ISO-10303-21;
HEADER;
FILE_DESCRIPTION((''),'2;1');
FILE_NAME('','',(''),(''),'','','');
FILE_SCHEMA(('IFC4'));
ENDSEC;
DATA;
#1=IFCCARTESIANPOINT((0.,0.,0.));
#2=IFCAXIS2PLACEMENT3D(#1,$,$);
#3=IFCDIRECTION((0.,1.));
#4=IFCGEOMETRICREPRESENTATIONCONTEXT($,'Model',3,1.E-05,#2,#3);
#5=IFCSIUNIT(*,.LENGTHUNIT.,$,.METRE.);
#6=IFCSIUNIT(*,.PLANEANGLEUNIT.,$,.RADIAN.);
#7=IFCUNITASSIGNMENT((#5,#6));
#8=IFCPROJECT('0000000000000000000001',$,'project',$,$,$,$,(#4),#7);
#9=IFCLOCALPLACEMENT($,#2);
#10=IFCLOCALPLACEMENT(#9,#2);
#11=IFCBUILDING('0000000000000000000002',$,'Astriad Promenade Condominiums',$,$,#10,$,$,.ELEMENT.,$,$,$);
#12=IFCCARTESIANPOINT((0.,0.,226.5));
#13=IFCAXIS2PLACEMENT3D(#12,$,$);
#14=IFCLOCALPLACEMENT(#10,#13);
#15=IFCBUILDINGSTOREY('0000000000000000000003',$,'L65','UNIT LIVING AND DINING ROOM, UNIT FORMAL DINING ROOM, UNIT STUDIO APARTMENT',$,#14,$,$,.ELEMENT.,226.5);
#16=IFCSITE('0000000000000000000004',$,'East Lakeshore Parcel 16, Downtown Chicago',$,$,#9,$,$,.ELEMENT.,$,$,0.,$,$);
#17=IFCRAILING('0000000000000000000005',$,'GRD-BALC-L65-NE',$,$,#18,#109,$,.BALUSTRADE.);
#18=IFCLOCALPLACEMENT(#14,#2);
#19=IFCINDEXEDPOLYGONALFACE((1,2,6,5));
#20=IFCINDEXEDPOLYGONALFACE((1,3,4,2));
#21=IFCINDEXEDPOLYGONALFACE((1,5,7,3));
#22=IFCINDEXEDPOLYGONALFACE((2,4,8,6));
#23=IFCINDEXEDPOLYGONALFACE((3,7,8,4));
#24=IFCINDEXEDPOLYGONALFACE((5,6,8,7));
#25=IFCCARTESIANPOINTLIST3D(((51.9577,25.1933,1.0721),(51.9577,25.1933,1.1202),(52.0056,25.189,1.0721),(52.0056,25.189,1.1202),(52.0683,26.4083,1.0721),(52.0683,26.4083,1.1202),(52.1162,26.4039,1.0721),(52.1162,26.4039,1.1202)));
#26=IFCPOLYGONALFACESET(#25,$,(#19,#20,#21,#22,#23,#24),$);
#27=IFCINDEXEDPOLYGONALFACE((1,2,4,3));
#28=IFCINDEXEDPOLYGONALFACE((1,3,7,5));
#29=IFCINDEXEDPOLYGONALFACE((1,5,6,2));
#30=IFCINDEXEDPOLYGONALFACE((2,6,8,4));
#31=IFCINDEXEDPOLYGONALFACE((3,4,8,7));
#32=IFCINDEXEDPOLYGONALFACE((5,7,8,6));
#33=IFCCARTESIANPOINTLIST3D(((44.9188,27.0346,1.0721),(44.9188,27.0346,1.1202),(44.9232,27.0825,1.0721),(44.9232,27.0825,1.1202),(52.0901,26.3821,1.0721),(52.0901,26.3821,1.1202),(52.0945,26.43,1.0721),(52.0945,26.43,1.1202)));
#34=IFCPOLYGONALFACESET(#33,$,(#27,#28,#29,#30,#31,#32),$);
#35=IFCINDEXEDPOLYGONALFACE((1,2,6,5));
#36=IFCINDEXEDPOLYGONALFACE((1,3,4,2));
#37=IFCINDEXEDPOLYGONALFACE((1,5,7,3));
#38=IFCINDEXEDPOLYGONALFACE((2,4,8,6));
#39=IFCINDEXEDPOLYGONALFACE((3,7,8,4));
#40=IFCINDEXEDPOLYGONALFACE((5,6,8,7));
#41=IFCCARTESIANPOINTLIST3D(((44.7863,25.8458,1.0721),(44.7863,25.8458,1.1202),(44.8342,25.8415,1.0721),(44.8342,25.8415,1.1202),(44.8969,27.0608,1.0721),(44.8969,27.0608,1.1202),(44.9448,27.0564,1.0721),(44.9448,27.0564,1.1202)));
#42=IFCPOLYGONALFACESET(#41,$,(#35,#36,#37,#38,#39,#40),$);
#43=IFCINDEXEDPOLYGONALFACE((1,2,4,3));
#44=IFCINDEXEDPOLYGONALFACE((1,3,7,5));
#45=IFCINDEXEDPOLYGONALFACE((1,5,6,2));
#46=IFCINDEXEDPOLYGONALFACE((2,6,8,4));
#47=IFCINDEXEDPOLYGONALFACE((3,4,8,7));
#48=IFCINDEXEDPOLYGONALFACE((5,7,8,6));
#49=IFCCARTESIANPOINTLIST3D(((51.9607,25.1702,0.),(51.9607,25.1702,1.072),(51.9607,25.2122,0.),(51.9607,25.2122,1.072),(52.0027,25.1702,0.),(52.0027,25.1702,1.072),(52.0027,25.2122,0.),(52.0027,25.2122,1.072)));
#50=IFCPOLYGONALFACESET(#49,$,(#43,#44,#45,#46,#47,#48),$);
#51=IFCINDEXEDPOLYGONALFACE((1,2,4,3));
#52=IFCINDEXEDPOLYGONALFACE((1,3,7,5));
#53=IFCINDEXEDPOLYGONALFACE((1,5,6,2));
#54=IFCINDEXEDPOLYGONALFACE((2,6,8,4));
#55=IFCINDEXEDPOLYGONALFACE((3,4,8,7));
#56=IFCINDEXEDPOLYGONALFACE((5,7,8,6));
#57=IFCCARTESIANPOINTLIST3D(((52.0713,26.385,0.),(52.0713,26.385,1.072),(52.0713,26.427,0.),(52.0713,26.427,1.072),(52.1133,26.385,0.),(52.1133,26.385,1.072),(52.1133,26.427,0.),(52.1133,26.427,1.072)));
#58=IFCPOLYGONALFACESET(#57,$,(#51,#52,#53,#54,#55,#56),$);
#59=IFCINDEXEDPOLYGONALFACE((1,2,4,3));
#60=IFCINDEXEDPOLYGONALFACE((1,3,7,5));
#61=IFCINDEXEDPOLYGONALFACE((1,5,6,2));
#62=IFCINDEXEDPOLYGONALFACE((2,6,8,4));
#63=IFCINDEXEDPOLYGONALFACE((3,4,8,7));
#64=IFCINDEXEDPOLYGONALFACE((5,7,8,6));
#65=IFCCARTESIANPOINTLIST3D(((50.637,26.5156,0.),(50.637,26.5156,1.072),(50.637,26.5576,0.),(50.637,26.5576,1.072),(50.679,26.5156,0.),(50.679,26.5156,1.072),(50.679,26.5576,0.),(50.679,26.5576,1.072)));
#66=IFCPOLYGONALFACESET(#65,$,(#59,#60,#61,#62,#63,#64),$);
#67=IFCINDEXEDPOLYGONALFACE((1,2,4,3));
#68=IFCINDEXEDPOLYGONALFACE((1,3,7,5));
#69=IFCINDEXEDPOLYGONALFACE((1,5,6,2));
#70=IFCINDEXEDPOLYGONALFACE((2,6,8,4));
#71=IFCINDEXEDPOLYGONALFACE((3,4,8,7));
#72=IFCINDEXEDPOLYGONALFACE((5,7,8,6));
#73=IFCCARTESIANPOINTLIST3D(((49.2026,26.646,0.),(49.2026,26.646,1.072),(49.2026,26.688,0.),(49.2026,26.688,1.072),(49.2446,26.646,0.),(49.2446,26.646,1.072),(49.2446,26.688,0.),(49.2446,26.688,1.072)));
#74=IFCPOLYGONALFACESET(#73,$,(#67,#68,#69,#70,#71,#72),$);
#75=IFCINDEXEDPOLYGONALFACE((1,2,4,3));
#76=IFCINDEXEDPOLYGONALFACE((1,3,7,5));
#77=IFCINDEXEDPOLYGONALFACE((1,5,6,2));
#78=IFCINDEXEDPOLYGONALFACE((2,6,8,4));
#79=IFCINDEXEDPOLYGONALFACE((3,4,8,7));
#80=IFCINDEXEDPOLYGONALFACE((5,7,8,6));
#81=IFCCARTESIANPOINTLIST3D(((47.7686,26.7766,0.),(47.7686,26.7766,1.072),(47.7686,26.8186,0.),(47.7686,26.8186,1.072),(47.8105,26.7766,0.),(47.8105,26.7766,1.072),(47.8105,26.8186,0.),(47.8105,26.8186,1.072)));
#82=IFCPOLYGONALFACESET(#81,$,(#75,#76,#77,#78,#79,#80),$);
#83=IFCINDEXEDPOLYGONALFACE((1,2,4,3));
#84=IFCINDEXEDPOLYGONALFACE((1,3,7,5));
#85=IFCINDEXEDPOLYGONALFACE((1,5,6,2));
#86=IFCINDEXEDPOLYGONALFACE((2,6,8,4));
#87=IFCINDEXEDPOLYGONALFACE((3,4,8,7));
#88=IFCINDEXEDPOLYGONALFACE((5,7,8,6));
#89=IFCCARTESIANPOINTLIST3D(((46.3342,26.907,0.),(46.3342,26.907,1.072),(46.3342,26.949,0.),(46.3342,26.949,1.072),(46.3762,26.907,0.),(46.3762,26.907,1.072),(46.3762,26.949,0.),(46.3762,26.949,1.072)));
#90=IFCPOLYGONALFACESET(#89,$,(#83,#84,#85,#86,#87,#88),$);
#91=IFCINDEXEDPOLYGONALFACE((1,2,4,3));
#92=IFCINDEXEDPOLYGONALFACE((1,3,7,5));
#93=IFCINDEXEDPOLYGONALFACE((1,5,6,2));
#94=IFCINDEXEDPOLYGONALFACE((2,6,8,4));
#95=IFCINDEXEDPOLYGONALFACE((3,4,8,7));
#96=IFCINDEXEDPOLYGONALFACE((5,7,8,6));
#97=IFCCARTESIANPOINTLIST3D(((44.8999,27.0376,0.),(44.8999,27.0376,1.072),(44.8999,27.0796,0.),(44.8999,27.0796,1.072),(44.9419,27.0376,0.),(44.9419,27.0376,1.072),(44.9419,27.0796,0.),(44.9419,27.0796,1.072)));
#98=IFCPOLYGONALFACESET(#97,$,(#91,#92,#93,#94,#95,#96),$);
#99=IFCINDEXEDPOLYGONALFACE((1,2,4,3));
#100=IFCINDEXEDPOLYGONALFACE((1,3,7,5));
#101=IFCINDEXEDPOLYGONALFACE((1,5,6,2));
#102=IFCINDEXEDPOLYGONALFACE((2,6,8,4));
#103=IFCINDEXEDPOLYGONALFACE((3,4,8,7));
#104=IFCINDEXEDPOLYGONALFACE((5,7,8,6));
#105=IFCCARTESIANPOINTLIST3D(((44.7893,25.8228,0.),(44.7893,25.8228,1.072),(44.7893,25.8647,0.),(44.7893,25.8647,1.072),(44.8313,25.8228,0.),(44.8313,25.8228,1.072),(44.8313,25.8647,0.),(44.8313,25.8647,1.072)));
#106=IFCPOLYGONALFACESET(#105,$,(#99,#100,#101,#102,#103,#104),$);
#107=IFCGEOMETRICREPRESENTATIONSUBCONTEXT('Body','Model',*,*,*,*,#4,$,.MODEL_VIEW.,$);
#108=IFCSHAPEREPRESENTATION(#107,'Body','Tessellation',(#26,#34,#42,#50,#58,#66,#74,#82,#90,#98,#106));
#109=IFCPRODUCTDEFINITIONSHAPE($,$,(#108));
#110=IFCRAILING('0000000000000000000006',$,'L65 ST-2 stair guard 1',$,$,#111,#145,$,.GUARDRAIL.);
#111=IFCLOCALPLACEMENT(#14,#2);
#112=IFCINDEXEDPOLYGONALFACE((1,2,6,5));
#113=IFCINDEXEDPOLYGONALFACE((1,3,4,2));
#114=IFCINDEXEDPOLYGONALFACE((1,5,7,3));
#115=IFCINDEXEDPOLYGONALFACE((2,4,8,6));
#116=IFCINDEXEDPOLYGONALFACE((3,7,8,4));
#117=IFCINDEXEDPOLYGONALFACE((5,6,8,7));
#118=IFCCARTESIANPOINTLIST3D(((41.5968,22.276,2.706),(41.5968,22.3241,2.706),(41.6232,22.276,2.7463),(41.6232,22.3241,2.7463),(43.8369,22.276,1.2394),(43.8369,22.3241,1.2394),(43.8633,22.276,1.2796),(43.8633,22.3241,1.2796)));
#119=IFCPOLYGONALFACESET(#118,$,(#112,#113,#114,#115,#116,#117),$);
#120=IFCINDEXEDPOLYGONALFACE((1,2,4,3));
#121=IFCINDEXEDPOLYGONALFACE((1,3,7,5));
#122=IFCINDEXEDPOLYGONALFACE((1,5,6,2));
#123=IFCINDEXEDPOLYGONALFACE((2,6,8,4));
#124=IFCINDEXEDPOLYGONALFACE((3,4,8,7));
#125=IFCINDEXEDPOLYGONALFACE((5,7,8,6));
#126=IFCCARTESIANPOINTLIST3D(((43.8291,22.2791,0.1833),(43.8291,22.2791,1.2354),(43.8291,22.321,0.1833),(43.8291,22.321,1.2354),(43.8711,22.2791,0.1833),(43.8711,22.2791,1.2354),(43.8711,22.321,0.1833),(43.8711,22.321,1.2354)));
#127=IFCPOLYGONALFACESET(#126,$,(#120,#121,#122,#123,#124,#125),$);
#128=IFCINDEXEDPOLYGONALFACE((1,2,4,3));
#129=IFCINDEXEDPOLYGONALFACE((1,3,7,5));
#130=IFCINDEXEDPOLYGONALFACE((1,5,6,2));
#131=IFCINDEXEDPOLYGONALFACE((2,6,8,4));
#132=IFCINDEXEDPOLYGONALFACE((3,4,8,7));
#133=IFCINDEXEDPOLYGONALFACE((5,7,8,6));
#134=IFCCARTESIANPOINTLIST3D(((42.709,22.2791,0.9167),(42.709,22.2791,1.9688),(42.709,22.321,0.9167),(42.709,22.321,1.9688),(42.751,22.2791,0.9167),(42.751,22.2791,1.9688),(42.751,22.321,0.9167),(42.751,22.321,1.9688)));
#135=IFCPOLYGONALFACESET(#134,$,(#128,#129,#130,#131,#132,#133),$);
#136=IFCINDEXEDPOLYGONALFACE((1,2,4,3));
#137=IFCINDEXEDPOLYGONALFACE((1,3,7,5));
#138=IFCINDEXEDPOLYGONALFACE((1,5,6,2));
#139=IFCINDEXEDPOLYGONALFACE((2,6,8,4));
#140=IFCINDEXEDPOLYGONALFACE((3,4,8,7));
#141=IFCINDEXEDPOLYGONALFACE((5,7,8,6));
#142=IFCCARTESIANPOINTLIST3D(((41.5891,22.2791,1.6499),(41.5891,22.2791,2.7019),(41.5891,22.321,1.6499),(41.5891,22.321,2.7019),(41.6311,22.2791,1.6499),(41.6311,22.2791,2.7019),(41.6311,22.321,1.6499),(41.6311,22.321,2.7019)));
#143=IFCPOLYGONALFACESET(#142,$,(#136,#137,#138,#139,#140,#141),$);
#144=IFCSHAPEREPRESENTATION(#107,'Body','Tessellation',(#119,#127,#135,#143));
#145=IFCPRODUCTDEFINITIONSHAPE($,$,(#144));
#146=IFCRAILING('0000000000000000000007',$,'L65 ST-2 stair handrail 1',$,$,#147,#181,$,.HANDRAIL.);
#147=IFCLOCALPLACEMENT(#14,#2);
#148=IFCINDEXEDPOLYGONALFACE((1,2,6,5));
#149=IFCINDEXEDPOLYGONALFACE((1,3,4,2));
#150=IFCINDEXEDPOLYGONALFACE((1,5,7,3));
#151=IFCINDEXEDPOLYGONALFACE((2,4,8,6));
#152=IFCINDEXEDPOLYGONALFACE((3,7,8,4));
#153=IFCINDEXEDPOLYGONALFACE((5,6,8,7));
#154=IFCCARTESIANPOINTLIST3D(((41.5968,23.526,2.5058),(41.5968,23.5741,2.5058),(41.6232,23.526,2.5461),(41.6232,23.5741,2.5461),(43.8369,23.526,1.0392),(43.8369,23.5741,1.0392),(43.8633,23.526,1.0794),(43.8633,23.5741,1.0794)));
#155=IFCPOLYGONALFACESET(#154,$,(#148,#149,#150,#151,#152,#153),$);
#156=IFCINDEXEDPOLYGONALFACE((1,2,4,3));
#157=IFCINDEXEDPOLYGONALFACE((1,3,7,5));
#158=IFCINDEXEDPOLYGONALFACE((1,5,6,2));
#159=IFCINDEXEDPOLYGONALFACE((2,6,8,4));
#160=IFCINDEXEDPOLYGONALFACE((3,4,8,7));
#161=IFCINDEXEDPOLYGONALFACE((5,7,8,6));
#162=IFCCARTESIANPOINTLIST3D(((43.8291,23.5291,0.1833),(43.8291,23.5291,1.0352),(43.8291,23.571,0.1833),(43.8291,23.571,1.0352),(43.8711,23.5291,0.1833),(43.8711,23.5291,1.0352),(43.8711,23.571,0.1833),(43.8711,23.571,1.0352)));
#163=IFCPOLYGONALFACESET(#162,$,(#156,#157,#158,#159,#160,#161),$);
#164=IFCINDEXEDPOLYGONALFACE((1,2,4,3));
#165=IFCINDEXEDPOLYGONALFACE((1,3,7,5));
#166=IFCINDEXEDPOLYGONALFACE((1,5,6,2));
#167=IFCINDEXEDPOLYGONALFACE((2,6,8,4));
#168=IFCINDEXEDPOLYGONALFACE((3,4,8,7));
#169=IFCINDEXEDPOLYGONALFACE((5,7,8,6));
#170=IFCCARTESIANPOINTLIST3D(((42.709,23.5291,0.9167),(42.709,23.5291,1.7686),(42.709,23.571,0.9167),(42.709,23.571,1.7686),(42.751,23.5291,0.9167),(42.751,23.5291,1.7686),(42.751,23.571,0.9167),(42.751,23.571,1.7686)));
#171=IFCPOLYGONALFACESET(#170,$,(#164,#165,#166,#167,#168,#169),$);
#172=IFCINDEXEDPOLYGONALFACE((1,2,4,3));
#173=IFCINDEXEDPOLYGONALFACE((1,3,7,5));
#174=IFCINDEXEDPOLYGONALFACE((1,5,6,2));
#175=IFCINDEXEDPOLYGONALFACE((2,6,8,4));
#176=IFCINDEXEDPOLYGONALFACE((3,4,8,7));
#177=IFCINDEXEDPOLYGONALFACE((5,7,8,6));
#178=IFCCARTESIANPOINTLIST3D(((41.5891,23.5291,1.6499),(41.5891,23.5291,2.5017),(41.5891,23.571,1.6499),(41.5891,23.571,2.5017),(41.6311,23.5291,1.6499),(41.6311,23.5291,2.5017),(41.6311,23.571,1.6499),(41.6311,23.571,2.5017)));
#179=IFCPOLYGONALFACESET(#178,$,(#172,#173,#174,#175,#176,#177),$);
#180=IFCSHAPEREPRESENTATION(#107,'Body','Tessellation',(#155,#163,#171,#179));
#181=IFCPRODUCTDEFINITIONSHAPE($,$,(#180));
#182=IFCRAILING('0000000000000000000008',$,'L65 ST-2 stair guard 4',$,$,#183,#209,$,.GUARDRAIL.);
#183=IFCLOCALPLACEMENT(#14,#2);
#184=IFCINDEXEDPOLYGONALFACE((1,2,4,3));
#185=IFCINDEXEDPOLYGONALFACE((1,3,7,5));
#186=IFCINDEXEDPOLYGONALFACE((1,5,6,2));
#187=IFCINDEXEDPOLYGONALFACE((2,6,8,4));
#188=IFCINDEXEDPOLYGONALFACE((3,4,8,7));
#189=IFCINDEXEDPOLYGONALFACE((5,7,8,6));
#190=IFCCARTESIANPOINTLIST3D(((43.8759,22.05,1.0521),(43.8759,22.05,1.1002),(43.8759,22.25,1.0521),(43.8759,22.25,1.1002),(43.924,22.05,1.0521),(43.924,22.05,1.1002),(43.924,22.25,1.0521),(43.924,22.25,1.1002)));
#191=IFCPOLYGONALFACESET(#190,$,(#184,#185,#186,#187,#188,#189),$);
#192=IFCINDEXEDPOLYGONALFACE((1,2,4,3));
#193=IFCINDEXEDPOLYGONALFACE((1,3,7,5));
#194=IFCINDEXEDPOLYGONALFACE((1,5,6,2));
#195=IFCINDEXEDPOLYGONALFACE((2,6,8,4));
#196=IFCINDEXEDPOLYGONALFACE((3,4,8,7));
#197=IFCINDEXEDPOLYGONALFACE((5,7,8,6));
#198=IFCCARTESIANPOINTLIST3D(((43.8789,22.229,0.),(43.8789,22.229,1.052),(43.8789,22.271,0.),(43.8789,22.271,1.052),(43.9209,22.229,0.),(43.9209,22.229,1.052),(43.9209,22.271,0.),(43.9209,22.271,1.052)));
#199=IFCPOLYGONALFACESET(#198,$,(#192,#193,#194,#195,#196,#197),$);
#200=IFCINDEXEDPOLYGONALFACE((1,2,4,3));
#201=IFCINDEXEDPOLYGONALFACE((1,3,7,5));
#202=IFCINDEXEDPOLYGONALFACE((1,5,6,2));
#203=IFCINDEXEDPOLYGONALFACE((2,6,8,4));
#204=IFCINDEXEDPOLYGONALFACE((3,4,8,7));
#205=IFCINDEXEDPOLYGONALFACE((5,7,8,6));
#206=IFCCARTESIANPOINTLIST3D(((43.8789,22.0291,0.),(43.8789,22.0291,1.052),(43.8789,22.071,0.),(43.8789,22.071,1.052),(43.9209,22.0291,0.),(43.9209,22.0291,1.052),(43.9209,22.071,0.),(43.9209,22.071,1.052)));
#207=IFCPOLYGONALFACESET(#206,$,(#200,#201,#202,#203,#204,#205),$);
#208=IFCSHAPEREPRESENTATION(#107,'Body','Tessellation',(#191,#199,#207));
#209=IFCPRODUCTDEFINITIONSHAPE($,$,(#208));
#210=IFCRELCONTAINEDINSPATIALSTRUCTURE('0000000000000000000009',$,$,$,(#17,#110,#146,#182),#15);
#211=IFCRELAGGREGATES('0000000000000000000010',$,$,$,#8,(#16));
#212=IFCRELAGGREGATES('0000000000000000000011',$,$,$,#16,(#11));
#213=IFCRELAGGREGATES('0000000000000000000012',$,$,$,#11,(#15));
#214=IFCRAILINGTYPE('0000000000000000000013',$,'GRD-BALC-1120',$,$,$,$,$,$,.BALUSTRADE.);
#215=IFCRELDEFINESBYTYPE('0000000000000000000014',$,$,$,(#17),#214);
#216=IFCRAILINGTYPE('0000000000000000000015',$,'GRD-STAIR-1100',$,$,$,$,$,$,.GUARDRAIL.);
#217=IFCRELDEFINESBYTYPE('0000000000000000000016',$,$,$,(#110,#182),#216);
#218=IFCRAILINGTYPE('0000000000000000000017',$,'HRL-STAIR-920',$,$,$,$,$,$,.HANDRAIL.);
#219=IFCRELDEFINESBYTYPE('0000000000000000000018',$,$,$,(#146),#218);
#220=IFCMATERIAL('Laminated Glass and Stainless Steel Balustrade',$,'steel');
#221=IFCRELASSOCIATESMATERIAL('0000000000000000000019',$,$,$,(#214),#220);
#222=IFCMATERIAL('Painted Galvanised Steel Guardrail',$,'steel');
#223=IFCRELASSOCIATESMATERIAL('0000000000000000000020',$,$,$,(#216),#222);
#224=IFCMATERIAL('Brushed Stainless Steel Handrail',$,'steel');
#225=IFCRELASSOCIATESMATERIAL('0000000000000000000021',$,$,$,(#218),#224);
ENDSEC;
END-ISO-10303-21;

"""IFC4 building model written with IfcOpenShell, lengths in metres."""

from ifc_helpers import new_model, si_unit, direction, frame, origin, origin_2d, place, context, subcontext, project, spatial, rectangle, extrude, source, transform, mapped, material, type_object, type_shapes, element, save


model = new_model("IFC4")

# Units and contexts
model_context = context("Model", 3, precision=1e-05, world=origin(), true_north=direction((0.0, 1.0)))
body_context = subcontext(model_context, "Body", "Model", "MODEL_VIEW")
ifc_project = project(units=[si_unit("LENGTHUNIT", "METRE"), si_unit("PLANEANGLEUNIT", "RADIAN")], contexts=[model_context])

# Site, building, storey
site_placement = place(None, origin())
site = spatial("IfcSite", under=ifc_project, at=site_placement, Name="East Lakeshore Parcel 16, Downtown Chicago", CompositionType="ELEMENT", RefElevation=0.0)
building_placement = place(site_placement, origin())
building = spatial("IfcBuilding", under=site, at=building_placement, Name="Astriad Promenade Condominiums", CompositionType="ELEMENT")
storey_placement = place(building_placement, frame((0.0, 0.0, 226.5)))
storey = spatial("IfcBuildingStorey", under=building, at=storey_placement, Name="L65", Description="UNIT LIVING AND DINING ROOM, UNIT FORMAL DINING ROOM, UNIT STUDIO APARTMENT", CompositionType="ELEMENT", Elevation=226.5)

# Railings
ifc_material_1 = material(Name="Laminated Glass and Stainless Steel Balustrade", Category="steel")
railing_type_1 = type_object("IfcRailingType", Name="GRD-BALC-1120", PredefinedType="BALUSTRADE", material=ifc_material_1)
shared_shape_1 = source(origin(), body_context, "Body", "SweptSolid", [
    extrude(rectangle(XDim=0.0481, YDim=0.0481, at=origin_2d()), frame((0.0, 0.0, 1.0962), z_axis=(0.090662, 0.995882, 0.0), x_axis=(-0.995882, 0.090662, 0.0)), (0.0, 0.0, 1.0), 1.22),
    extrude(rectangle(XDim=0.0481, YDim=0.0481, at=origin_2d()), frame((0.1106, 1.2148, 1.0962), z_axis=(-0.995885, 0.090624, 0.0), x_axis=(-0.090624, -0.995885, 0.0)), (0.0, 0.0, 1.0), 7.2009),
    extrude(rectangle(XDim=0.0481, YDim=0.0481, at=origin_2d()), frame((-7.0608, 1.8674, 1.0962), z_axis=(-0.090662, -0.995882, 0.0), x_axis=(0.995882, -0.090662, 0.0)), (0.0, 0.0, 1.0), 1.22),
    extrude(rectangle(XDim=0.042, YDim=0.042, at=origin_2d()), origin(), (0.0, 0.0, 1.0), 1.072),
    extrude(rectangle(XDim=0.042, YDim=0.042, at=origin_2d()), frame((0.1106, 1.2148, 0.0)), (0.0, 0.0, 1.0), 1.072),
    extrude(rectangle(XDim=0.042, YDim=0.042, at=origin_2d()), frame((-1.3237, 1.3455, 0.0)), (0.0, 0.0, 1.0), 1.072),
    extrude(rectangle(XDim=0.042, YDim=0.042, at=origin_2d()), frame((-2.7581, 1.4758, 0.0)), (0.0, 0.0, 1.0), 1.072),
    extrude(rectangle(XDim=0.042, YDim=0.042, at=origin_2d()), frame((-4.1921, 1.6064, 0.0)), (0.0, 0.0, 1.0), 1.072),
    extrude(rectangle(XDim=0.042, YDim=0.042, at=origin_2d()), frame((-5.6265, 1.7368, 0.0)), (0.0, 0.0, 1.0), 1.072),
    extrude(rectangle(XDim=0.042, YDim=0.042, at=origin_2d()), frame((-7.0608, 1.8674, 0.0)), (0.0, 0.0, 1.0), 1.072),
    extrude(rectangle(XDim=0.042, YDim=0.042, at=origin_2d()), frame((-7.1714, 0.6526, 0.0)), (0.0, 0.0, 1.0), 1.072),
])
type_shapes(railing_type_1, [shared_shape_1])
railing_1_placement = place(storey_placement, frame((51.9817, 25.1912, 0.0)))
element("IfcRailing", 1, at=railing_1_placement, inside=storey, type_object=railing_type_1, Name="GRD-BALC-L65-NE", PredefinedType="BALUSTRADE", context=body_context, shape_type="MappedRepresentation", body=[
    mapped(shared_shape_1, transform((0.0, 0.0, 0.0), scale=1.0)),
])
ifc_material_2 = material(Name="Painted Galvanised Steel Guardrail", Category="steel")
railing_type_2 = type_object("IfcRailingType", Name="GRD-STAIR-1100", PredefinedType="GUARDRAIL", material=ifc_material_2)
shared_shape_2 = source(origin(), body_context, "Body", "SweptSolid", [
    extrude(rectangle(XDim=0.0481, YDim=0.0481, at=origin_2d()), frame((0.0, 0.0, 1.0762), z_axis=(-0.836637, 0.0, 0.547758), x_axis=(0.0, -1.0, 0.0)), (0.0, 0.0, 1.0), 2.6775),
    extrude(rectangle(XDim=0.042, YDim=0.042, at=origin_2d()), origin(), (0.0, 0.0, 1.0), 1.052),
    extrude(rectangle(XDim=0.042, YDim=0.042, at=origin_2d()), frame((-1.1201, 0.0, 0.7334)), (0.0, 0.0, 1.0), 1.052),
    extrude(rectangle(XDim=0.042, YDim=0.042, at=origin_2d()), frame((-2.24, 0.0, 1.4666)), (0.0, 0.0, 1.0), 1.052),
])
railing_2_placement = place(storey_placement, frame((43.8501, 22.3, 0.1833)))
element("IfcRailing", 2, at=railing_2_placement, inside=storey, type_object=railing_type_2, Name="L65 ST-2 stair guard 1", PredefinedType="GUARDRAIL", context=body_context, shape_type="MappedRepresentation", body=[
    mapped(shared_shape_2, transform((0.0, 0.0, 0.0), scale=1.0)),
])
ifc_material_3 = material(Name="Brushed Stainless Steel Handrail", Category="steel")
railing_type_3 = type_object("IfcRailingType", Name="HRL-STAIR-920", PredefinedType="HANDRAIL", material=ifc_material_3)
shared_shape_3 = source(origin(), body_context, "Body", "SweptSolid", [
    extrude(rectangle(XDim=0.0481, YDim=0.0481, at=origin_2d()), frame((0.0, 0.0, 0.876), z_axis=(-0.836637, 0.0, 0.547758), x_axis=(0.0, -1.0, 0.0)), (0.0, 0.0, 1.0), 2.6775),
    extrude(rectangle(XDim=0.042, YDim=0.042, at=origin_2d()), origin(), (0.0, 0.0, 1.0), 0.8518),
    extrude(rectangle(XDim=0.042, YDim=0.042, at=origin_2d()), frame((-1.1201, 0.0, 0.7334)), (0.0, 0.0, 1.0), 0.8518),
    extrude(rectangle(XDim=0.042, YDim=0.042, at=origin_2d()), frame((-2.24, 0.0, 1.4666)), (0.0, 0.0, 1.0), 0.8518),
])
type_shapes(railing_type_3, [shared_shape_3])
railing_3_placement = place(storey_placement, frame((43.8501, 23.55, 0.1833)))
element("IfcRailing", 3, at=railing_3_placement, inside=storey, type_object=railing_type_3, Name="L65 ST-2 stair handrail 1", PredefinedType="HANDRAIL", context=body_context, shape_type="MappedRepresentation", body=[
    mapped(shared_shape_3, transform((0.0, 0.0, 0.0), scale=1.0)),
])
shared_shape_4 = source(origin(), body_context, "Body", "SweptSolid", [
    extrude(rectangle(XDim=0.0481, YDim=0.0481, at=origin_2d()), frame((0.0, 0.0, 1.0762), z_axis=(0.0, -1.0, 0.0), x_axis=(1.0, 0.0, 0.0)), (0.0, 0.0, 1.0), 0.2),
    extrude(rectangle(XDim=0.042, YDim=0.042, at=origin_2d()), origin(), (0.0, 0.0, 1.0), 1.052),
    extrude(rectangle(XDim=0.042, YDim=0.042, at=origin_2d()), frame((0.0, -0.2, 0.0)), (0.0, 0.0, 1.0), 1.052),
])
type_shapes(railing_type_2, [shared_shape_2, shared_shape_4])
railing_4_placement = place(storey_placement, frame((43.8999, 22.25, 0.0)))
element("IfcRailing", 4, at=railing_4_placement, inside=storey, type_object=railing_type_2, Name="L65 ST-2 stair guard 4", PredefinedType="GUARDRAIL", context=body_context, shape_type="MappedRepresentation", body=[
    mapped(shared_shape_4, transform((0.0, 0.0, 0.0), scale=1.0)),
])

save(model, "model.ifc")
